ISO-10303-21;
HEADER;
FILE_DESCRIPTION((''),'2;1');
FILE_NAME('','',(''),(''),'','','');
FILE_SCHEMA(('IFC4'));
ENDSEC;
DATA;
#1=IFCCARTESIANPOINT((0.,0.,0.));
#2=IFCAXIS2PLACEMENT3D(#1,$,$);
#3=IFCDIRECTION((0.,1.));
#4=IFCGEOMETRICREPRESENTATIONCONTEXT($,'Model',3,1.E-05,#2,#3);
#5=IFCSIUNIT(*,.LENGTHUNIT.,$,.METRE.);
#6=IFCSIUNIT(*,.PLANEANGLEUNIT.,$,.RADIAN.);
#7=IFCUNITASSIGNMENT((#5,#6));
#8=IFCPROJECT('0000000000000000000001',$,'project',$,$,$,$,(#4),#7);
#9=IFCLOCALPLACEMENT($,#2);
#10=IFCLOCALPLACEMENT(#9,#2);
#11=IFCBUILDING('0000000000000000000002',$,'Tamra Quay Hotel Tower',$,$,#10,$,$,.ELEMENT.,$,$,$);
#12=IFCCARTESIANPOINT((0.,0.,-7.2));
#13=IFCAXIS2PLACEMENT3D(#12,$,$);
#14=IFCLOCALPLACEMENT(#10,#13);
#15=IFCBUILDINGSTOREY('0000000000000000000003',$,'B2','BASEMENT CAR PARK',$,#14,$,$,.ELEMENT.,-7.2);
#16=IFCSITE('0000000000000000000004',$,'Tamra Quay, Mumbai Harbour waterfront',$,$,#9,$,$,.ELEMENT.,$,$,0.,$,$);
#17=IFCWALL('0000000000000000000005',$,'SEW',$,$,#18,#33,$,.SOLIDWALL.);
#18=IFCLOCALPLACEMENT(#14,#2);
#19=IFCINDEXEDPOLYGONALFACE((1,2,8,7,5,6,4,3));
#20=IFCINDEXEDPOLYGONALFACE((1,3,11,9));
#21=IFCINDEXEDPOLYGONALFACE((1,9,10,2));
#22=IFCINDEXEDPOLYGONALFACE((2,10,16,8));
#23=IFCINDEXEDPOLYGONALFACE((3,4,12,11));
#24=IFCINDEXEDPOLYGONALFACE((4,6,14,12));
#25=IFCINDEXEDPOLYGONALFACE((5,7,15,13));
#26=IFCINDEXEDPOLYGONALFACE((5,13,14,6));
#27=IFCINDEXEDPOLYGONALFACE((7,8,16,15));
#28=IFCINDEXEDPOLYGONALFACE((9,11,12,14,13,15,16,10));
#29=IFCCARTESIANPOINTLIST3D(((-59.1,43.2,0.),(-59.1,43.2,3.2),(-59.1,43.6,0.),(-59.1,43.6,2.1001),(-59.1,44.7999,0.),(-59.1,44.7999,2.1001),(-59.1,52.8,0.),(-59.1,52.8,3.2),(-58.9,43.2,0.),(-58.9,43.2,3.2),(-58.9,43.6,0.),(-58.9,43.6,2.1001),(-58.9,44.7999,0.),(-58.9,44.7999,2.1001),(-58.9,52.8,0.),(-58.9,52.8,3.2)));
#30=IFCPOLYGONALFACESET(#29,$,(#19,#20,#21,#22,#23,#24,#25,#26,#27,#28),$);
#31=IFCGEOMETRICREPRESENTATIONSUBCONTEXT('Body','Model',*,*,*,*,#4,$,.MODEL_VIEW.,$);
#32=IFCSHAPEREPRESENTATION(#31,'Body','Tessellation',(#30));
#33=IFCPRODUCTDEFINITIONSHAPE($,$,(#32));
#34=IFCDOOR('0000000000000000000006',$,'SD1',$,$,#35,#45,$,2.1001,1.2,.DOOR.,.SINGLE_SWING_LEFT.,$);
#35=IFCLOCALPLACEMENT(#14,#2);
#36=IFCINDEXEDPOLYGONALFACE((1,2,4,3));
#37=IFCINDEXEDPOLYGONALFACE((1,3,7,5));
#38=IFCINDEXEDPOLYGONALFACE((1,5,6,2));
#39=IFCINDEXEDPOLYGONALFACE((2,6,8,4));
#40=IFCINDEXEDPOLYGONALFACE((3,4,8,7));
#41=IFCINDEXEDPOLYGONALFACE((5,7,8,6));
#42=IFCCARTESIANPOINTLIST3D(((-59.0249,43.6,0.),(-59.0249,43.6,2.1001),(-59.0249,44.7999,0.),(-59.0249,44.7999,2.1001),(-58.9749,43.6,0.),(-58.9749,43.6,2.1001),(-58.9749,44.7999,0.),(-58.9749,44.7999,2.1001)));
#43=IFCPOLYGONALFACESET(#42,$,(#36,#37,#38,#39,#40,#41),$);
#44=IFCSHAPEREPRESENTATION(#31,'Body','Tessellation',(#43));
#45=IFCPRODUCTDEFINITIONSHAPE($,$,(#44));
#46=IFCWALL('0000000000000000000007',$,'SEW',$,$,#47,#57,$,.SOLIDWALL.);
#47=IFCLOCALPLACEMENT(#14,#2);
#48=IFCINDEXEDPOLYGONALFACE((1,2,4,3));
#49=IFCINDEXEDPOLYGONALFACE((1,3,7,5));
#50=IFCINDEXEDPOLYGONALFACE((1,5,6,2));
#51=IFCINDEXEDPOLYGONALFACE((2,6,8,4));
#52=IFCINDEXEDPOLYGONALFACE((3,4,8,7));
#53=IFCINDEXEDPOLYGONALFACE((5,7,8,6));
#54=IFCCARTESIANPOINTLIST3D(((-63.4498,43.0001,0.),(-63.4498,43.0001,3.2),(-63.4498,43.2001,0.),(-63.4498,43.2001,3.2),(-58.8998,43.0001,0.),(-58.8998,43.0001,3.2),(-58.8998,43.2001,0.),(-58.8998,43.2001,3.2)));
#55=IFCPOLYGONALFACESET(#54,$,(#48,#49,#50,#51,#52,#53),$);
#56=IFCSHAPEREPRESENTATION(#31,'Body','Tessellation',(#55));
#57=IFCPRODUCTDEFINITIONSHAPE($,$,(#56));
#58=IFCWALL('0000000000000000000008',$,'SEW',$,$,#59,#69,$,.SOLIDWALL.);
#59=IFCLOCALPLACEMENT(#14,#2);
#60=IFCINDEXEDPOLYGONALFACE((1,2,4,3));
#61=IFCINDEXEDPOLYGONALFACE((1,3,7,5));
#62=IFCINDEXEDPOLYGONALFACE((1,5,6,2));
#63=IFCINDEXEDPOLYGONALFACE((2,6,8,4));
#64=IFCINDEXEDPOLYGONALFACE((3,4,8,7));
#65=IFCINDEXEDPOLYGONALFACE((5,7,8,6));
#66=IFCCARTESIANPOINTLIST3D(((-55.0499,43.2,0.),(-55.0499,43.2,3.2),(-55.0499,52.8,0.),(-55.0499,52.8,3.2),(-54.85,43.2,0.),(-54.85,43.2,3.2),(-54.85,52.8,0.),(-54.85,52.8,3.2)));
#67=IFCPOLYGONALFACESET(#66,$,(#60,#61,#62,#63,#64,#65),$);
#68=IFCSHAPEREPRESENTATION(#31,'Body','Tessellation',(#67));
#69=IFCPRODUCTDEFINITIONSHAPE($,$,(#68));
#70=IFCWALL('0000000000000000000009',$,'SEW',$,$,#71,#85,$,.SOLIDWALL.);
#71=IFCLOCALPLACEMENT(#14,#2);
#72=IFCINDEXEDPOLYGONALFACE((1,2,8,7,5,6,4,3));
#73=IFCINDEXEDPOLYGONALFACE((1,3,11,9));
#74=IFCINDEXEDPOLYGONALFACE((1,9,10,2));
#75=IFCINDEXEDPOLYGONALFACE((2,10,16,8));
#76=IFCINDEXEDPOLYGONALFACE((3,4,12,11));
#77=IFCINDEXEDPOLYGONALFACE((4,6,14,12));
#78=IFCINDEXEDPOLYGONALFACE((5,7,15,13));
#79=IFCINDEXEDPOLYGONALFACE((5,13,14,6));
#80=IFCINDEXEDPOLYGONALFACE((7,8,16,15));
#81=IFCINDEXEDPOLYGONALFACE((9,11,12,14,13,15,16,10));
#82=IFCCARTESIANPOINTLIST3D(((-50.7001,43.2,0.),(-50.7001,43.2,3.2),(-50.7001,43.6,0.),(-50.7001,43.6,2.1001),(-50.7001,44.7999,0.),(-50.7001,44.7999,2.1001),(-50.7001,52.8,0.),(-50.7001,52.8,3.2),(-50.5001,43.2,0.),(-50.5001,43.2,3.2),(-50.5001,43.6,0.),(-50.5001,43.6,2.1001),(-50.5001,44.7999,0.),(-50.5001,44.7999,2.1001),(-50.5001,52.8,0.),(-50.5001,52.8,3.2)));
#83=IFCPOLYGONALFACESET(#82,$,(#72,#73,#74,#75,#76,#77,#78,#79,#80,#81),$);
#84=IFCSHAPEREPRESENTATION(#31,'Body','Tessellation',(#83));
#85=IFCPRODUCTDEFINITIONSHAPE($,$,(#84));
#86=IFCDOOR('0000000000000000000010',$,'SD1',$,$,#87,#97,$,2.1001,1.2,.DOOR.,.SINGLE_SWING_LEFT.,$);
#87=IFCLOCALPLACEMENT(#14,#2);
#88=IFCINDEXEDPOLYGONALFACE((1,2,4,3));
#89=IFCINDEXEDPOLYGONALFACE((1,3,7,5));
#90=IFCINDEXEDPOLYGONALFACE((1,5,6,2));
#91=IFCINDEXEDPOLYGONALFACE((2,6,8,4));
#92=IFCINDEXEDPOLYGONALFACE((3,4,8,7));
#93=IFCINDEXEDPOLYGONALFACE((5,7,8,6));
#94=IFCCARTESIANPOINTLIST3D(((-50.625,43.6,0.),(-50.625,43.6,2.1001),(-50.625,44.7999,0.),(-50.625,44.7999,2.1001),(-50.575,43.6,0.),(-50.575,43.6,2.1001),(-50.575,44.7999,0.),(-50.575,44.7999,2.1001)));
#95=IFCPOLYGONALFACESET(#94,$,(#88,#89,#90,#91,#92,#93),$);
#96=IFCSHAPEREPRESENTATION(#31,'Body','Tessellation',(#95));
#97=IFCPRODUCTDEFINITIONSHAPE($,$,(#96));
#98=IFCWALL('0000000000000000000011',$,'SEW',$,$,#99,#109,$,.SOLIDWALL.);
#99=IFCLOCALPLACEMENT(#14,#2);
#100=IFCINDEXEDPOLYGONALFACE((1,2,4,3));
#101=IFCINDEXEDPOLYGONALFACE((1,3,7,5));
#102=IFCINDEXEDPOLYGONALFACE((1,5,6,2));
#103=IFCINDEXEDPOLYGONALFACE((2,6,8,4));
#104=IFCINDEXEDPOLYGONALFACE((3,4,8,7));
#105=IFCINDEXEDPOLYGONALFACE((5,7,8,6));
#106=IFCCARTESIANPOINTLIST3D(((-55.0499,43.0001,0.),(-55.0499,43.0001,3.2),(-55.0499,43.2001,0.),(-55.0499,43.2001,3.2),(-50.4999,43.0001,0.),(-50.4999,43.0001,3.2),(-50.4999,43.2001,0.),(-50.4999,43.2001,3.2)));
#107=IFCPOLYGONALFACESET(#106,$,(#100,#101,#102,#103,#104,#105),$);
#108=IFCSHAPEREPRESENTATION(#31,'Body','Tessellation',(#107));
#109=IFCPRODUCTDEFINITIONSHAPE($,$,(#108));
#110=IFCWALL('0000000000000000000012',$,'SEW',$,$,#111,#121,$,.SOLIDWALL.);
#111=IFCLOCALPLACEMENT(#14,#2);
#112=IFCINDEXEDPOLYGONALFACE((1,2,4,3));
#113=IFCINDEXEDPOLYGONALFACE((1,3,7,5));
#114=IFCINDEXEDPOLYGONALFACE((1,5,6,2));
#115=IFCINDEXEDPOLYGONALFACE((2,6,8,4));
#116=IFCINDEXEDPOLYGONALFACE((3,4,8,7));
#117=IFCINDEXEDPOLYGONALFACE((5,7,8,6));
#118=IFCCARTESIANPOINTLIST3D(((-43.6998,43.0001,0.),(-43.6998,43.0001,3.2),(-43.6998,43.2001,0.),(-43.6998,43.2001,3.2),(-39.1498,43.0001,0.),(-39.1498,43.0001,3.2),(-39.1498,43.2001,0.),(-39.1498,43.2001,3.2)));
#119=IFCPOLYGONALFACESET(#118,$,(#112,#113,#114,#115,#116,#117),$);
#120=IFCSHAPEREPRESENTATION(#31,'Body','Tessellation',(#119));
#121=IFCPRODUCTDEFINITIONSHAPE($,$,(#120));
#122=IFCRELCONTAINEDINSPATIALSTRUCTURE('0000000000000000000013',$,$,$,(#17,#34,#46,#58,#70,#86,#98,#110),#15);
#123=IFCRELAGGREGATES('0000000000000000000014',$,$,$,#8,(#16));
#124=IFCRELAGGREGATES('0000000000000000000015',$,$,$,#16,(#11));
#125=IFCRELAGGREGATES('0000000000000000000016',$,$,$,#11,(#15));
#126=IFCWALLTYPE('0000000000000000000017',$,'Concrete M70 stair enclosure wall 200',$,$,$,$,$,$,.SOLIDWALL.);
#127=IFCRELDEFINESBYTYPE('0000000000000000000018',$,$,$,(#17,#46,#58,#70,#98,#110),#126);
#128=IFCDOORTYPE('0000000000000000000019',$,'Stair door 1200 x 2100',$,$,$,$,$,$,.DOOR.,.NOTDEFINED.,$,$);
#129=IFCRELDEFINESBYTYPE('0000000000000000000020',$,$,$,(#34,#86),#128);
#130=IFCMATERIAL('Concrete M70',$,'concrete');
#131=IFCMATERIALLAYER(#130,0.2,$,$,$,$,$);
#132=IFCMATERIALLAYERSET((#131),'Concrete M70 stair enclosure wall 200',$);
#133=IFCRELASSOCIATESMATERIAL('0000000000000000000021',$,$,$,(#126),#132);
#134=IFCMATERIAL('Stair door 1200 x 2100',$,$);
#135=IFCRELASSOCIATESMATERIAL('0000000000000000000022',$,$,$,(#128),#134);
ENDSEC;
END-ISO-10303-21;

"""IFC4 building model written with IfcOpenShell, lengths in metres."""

from ifc_helpers import new_model, si_unit, direction, frame, frame_2d, origin, place, context, subcontext, project, spatial, rectangle, extrude, material, layer, layer_set, type_object, element, fill, save


model = new_model("IFC4")

# Units and contexts
model_context = context("Model", 3, precision=1e-05, world=origin(), true_north=direction((0.0, 1.0)))
body_context = subcontext(model_context, "Body", "Model", "MODEL_VIEW")
ifc_project = project(units=[si_unit("LENGTHUNIT", "METRE"), si_unit("PLANEANGLEUNIT", "RADIAN")], contexts=[model_context])

# Site, building, storey
site_placement = place(None, origin())
site = spatial("IfcSite", under=ifc_project, at=site_placement, Name="Tamra Quay, Mumbai Harbour waterfront", CompositionType="ELEMENT", RefElevation=0.0)
building_placement = place(site_placement, origin())
building = spatial("IfcBuilding", under=site, at=building_placement, Name="Tamra Quay Hotel Tower", CompositionType="ELEMENT")
storey_placement = place(building_placement, frame((0.0, 0.0, -7.2)))
storey = spatial("IfcBuildingStorey", under=building, at=storey_placement, Name="B2", Description="BASEMENT CAR PARK", CompositionType="ELEMENT", Elevation=-7.2)

# Shared definitions
ifc_material_1 = material(Name="Concrete M70", Category="concrete")

# Wall, opening, door
ifc_layer_1 = layer(ifc_material_1, 0.2)
ifc_layer_set_1 = layer_set([ifc_layer_1], Name="Concrete M70 stair enclosure wall 200")
wall_type_1 = type_object("IfcWallType", Name="Concrete M70 stair enclosure wall 200", PredefinedType="SOLIDWALL", material=ifc_layer_set_1)
wall_1_placement = place(storey_placement, frame((-59.0, 43.2, 0.0), z_axis=(0.0, 0.0, 1.0), x_axis=(0.0, 1.0, 0.0)))
wall_1 = element("IfcWall", 1, at=wall_1_placement, inside=storey, type_object=wall_type_1, Name="SEW", PredefinedType="SOLIDWALL", context=body_context, shape_type="SweptSolid", body=[
    extrude(rectangle(XDim=9.6001, YDim=0.2, at=frame_2d((4.8, 0.0))), origin(), (0.0, 0.0, 1.0), 3.2),
])
opening_1_placement = place(wall_1_placement, frame((0.3999, 0.0, 0.0)))
opening_1 = element("IfcOpeningElement", 2, at=opening_1_placement, cuts=wall_1, PredefinedType="OPENING", context=body_context, shape_type="SweptSolid", body=[
    extrude(rectangle(XDim=1.2, YDim=2.1001, at=frame_2d((0.6001, 1.05))), frame((0.0, 0.1099, 0.0), z_axis=(0.0, -1.0, 0.0), x_axis=(1.0, 0.0, 0.0)), (0.0, 0.0, 1.0), 0.22),
])
ifc_material_2 = material(Name="Stair door 1200 x 2100")
door_type_1 = type_object("IfcDoorType", Name="Stair door 1200 x 2100", OperationType="NOTDEFINED", PredefinedType="DOOR", material=ifc_material_2)
door_1_placement = place(opening_1_placement, origin())
door_1 = element("IfcDoor", 3, at=door_1_placement, inside=storey, type_object=door_type_1, Name="SD1", OperationType="SINGLE_SWING_LEFT", OverallHeight=2.1001, OverallWidth=1.2, PredefinedType="DOOR", context=body_context, shape_type="SweptSolid", body=[
    extrude(rectangle(XDim=1.2, YDim=2.1001, at=frame_2d((0.6001, 1.05))), frame((0.0, 0.0249, 0.0), z_axis=(0.0, -1.0, 0.0), x_axis=(1.0, 0.0, 0.0)), (0.0, 0.0, 1.0), 0.05),
])
fill(opening_1, door_1)

# Walls
wall_2_placement = place(storey_placement, frame((-58.8999, 43.1001, 0.0), z_axis=(0.0, 0.0, 1.0), x_axis=(-1.0, 0.0, 0.0)))
element("IfcWall", 4, at=wall_2_placement, inside=storey, type_object=wall_type_1, Name="SEW", PredefinedType="SOLIDWALL", context=body_context, shape_type="SweptSolid", body=[
    extrude(rectangle(XDim=4.55, YDim=0.2, at=frame_2d((2.2749, 0.0))), origin(), (0.0, 0.0, 1.0), 3.2),
])
wall_3_placement = place(storey_placement, frame((-54.95, 43.2, 0.0), z_axis=(0.0, 0.0, 1.0), x_axis=(0.0, 1.0, 0.0)))
element("IfcWall", 5, at=wall_3_placement, inside=storey, type_object=wall_type_1, Name="SEW", PredefinedType="SOLIDWALL", context=body_context, shape_type="SweptSolid", body=[
    extrude(rectangle(XDim=9.6001, YDim=0.2, at=frame_2d((4.8, 0.0))), origin(), (0.0, 0.0, 1.0), 3.2),
])

# Wall, opening, door
wall_4_placement = place(storey_placement, frame((-50.6001, 43.2, 0.0), z_axis=(0.0, 0.0, 1.0), x_axis=(0.0, 1.0, 0.0)))
wall_4 = element("IfcWall", 6, at=wall_4_placement, inside=storey, type_object=wall_type_1, Name="SEW", PredefinedType="SOLIDWALL", context=body_context, shape_type="SweptSolid", body=[
    extrude(rectangle(XDim=9.6001, YDim=0.2, at=frame_2d((4.8, 0.0))), origin(), (0.0, 0.0, 1.0), 3.2),
])
opening_2_placement = place(wall_4_placement, frame((0.3999, 0.0, 0.0)))
opening_2 = element("IfcOpeningElement", 7, at=opening_2_placement, cuts=wall_4, PredefinedType="OPENING", context=body_context, shape_type="SweptSolid", body=[
    extrude(rectangle(XDim=1.2, YDim=2.1001, at=frame_2d((0.6001, 1.05))), frame((0.0, 0.1099, 0.0), z_axis=(0.0, -1.0, 0.0), x_axis=(1.0, 0.0, 0.0)), (0.0, 0.0, 1.0), 0.22),
])
door_2_placement = place(opening_2_placement, origin())
door_2 = element("IfcDoor", 8, at=door_2_placement, inside=storey, type_object=door_type_1, Name="SD1", OperationType="SINGLE_SWING_LEFT", OverallHeight=2.1001, OverallWidth=1.2, PredefinedType="DOOR", context=body_context, shape_type="SweptSolid", body=[
    extrude(rectangle(XDim=1.2, YDim=2.1001, at=frame_2d((0.6001, 1.05))), frame((0.0, 0.0249, 0.0), z_axis=(0.0, -1.0, 0.0), x_axis=(1.0, 0.0, 0.0)), (0.0, 0.0, 1.0), 0.05),
])
fill(opening_2, door_2)

# Walls
for number, where, z_axis, x_axis, name in (
    (9, (-50.5, 43.1001, 0.0), (0.0, 0.0, 1.0), (-1.0, 0.0, 0.0), "SEW"),
    (10, (-39.1499, 43.1001, 0.0), (0.0, 0.0, 1.0), (-1.0, 0.0, 0.0), "SEW"),
):
    element("IfcWall", number, at=place(storey_placement, frame(where, z_axis=z_axis, x_axis=x_axis)), inside=storey, type_object=wall_type_1, Name=name, PredefinedType="SOLIDWALL", context=body_context, shape_type="SweptSolid", body=[
        extrude(rectangle(XDim=4.55, YDim=0.2, at=frame_2d((2.2749, 0.0))), origin(), (0.0, 0.0, 1.0), 3.2),
    ])

save(model, "model.ifc")
